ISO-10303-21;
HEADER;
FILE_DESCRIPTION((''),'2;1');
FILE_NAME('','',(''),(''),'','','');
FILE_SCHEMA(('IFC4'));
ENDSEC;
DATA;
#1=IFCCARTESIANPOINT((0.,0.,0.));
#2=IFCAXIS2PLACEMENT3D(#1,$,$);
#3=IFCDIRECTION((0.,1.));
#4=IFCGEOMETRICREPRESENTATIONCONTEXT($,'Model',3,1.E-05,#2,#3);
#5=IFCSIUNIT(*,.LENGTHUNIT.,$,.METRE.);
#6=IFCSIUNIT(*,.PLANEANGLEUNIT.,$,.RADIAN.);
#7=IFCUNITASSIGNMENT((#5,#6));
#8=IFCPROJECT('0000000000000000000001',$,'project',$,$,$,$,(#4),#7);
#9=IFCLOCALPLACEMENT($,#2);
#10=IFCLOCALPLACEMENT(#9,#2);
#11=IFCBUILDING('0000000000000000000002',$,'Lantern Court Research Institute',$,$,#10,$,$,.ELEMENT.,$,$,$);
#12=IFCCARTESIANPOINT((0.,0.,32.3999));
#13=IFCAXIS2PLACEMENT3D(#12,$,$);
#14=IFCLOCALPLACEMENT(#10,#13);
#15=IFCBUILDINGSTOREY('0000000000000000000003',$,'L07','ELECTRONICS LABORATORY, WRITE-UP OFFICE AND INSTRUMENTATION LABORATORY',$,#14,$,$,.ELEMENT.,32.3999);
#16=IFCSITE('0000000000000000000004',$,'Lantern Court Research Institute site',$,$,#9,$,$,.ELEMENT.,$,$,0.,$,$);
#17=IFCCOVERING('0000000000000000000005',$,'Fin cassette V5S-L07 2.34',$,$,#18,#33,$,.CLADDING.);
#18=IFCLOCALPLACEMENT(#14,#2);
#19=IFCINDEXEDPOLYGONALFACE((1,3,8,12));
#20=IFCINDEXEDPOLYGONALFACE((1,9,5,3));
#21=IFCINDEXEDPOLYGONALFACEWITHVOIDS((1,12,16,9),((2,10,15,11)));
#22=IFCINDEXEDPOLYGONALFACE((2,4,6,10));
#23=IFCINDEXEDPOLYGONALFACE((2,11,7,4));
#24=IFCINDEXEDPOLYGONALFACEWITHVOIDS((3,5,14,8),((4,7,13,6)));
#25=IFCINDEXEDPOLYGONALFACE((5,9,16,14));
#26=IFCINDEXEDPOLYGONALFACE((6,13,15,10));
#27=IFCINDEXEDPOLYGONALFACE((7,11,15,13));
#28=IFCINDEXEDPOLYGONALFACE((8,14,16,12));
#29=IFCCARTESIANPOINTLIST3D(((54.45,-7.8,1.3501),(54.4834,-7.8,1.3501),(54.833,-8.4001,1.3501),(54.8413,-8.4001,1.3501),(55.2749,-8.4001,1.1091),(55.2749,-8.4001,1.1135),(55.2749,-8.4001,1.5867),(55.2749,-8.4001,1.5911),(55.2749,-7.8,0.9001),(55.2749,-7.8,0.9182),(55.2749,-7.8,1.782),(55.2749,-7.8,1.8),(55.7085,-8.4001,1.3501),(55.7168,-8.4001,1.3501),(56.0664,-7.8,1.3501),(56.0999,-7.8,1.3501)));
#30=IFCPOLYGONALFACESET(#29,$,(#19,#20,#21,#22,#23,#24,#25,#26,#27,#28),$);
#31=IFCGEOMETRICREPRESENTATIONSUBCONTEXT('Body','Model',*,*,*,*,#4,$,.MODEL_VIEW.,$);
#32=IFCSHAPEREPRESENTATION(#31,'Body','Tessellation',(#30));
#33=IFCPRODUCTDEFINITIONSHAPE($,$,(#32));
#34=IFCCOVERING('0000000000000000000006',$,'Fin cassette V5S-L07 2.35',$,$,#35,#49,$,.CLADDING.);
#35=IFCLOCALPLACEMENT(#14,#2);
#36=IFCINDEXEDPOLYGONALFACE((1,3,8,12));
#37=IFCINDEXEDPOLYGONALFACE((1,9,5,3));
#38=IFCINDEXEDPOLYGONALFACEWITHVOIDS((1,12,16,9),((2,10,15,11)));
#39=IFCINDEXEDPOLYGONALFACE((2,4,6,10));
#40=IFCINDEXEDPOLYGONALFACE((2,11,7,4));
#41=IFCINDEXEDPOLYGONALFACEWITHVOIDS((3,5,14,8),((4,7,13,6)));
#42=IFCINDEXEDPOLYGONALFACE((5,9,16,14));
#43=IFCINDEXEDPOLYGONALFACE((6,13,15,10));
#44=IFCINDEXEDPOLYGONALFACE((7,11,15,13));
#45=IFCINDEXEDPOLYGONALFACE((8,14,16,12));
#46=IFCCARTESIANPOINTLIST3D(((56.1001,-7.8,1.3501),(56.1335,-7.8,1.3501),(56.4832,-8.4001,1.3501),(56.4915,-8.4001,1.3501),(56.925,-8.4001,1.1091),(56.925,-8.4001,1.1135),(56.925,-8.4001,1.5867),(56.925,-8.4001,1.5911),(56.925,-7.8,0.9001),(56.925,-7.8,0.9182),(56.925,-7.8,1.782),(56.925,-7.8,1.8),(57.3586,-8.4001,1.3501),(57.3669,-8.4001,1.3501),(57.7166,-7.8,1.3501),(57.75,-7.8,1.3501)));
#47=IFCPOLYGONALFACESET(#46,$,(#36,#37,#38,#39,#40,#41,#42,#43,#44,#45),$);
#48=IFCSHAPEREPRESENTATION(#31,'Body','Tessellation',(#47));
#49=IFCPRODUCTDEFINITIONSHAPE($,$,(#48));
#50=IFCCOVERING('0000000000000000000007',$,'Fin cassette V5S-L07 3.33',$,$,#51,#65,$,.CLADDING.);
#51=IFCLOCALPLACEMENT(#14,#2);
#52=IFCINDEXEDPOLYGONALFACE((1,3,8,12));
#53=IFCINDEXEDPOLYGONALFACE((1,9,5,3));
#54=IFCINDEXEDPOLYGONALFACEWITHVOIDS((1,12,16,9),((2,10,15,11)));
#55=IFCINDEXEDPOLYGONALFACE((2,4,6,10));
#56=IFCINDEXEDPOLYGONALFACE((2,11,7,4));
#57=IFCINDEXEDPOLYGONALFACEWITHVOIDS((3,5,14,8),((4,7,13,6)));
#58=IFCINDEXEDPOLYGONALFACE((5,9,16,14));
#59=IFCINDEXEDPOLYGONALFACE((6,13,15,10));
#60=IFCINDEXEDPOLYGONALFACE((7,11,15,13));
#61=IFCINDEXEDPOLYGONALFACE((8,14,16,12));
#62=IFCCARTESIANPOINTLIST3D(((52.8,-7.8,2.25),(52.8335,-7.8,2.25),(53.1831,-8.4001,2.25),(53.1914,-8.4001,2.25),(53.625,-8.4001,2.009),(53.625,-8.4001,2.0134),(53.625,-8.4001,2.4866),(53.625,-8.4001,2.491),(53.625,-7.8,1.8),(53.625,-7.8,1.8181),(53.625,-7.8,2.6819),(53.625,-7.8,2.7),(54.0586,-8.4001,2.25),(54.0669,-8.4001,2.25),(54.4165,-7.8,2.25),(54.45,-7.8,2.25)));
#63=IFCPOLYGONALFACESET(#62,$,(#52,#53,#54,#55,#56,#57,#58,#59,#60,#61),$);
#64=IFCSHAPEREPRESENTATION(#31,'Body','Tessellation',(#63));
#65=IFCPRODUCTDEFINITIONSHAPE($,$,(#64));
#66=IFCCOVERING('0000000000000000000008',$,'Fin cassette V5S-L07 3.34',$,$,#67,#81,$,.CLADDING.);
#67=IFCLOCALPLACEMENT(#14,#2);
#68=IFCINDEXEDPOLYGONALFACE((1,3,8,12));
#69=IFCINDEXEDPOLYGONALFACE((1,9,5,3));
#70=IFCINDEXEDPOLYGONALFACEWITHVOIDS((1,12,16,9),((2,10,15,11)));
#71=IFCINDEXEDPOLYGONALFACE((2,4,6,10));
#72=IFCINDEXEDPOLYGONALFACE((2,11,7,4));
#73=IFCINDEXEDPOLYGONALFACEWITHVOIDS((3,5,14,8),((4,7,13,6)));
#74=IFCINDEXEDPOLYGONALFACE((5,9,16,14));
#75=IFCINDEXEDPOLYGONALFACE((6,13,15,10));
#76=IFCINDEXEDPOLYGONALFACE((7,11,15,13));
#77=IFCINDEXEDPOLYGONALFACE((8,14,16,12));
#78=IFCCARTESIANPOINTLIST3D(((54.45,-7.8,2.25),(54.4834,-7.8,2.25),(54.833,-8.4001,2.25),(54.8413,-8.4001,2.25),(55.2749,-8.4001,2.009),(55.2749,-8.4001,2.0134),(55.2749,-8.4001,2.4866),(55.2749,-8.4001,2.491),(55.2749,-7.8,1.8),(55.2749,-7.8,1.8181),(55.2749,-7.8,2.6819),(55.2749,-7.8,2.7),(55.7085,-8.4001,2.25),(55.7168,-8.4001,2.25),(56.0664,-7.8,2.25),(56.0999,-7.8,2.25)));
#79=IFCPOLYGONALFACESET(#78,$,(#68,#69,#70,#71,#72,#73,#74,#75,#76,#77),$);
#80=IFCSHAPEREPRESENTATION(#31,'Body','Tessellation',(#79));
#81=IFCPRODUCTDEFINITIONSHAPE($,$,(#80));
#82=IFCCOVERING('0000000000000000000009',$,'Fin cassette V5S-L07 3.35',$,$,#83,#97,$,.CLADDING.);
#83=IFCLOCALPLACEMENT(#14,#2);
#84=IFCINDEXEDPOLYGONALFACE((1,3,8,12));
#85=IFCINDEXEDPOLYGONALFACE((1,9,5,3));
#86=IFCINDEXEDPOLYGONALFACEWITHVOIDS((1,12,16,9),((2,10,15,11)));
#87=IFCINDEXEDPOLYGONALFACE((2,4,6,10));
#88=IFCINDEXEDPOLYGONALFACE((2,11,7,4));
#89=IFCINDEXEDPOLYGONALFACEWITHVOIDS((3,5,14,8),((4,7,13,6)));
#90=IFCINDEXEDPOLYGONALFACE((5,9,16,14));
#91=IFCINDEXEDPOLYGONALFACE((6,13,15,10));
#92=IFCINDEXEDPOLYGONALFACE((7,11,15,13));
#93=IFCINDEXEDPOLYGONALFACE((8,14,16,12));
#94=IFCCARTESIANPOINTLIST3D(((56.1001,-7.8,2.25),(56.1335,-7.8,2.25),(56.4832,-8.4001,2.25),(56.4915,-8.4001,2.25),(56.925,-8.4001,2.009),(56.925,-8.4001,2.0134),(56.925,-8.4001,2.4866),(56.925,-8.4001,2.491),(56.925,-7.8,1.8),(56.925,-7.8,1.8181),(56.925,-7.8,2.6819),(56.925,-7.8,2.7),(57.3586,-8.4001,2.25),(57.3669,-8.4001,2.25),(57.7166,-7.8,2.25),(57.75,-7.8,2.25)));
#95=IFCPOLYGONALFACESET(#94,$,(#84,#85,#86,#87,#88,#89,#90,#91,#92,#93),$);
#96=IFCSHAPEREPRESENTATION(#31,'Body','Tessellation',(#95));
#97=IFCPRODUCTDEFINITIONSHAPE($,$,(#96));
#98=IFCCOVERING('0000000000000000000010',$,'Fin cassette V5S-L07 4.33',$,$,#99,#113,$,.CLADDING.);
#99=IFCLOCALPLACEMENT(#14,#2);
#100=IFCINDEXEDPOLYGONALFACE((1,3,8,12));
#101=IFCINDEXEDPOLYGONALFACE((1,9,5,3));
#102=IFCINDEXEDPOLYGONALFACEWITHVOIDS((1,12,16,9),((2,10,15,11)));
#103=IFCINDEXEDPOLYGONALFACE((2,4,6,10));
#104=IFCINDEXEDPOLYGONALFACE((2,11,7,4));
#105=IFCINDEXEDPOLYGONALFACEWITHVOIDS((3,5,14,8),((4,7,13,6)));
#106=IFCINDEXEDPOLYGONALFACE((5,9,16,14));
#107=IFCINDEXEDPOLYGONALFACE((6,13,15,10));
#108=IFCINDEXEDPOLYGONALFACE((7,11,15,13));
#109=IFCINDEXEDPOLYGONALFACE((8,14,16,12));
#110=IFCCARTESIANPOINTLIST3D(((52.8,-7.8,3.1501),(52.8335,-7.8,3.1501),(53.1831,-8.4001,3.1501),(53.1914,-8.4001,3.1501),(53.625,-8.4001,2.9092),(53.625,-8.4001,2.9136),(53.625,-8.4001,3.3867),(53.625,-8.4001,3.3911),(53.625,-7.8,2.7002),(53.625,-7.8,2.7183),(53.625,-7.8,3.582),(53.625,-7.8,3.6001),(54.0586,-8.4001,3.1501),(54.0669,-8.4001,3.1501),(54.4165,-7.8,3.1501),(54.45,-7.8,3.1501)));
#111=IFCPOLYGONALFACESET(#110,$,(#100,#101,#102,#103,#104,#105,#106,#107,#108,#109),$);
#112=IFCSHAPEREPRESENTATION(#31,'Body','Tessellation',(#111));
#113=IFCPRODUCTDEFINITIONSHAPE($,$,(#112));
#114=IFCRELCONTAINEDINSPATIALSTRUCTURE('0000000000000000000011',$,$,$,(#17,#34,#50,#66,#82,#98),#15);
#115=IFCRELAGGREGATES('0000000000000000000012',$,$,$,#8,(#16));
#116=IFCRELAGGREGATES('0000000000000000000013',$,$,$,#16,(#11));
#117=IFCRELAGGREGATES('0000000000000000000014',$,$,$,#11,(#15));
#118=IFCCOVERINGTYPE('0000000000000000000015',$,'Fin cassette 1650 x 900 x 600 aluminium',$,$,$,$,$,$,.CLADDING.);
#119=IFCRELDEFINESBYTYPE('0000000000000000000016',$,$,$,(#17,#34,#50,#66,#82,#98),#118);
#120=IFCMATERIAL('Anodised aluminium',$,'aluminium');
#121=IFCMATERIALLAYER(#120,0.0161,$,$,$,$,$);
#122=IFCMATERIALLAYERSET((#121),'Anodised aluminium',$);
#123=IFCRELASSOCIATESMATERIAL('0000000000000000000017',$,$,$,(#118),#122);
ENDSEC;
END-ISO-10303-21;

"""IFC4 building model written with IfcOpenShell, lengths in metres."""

from ifc_helpers import new_model, entity, si_unit, direction, frame, origin, place, context, subcontext, project, spatial, material, layer, layer_set, type_object, element, save


model = new_model("IFC4")

# Units and contexts
model_context = context("Model", 3, precision=1e-05, world=origin(), true_north=direction((0.0, 1.0)))
body_context = subcontext(model_context, "Body", "Model", "MODEL_VIEW")
ifc_project = project(units=[si_unit("LENGTHUNIT", "METRE"), si_unit("PLANEANGLEUNIT", "RADIAN")], contexts=[model_context])

# Site, building, storey
site_placement = place(None, origin())
site = spatial("IfcSite", under=ifc_project, at=site_placement, Name="Lantern Court Research Institute site", CompositionType="ELEMENT", RefElevation=0.0)
building_placement = place(site_placement, origin())
building = spatial("IfcBuilding", under=site, at=building_placement, Name="Lantern Court Research Institute", CompositionType="ELEMENT")
storey_placement = place(building_placement, frame((0.0, 0.0, 32.3999)))
storey = spatial("IfcBuildingStorey", under=building, at=storey_placement, Name="L07", Description="ELECTRONICS LABORATORY, WRITE-UP OFFICE AND INSTRUMENTATION LABORATORY", CompositionType="ELEMENT", Elevation=32.3999)

# Coverings
ifc_material_1 = material(Name="Anodised aluminium", Category="aluminium")
ifc_layer_1 = layer(ifc_material_1, 0.0161)
ifc_layer_set_1 = layer_set([ifc_layer_1], Name="Anodised aluminium")
covering_type = type_object("IfcCoveringType", Name="Fin cassette 1650 x 900 x 600 aluminium", PredefinedType="CLADDING", material=ifc_layer_set_1)
covering_1_placement = place(storey_placement, frame((55.2749, -7.8, 1.3501), z_axis=(0.0, -1.0, 0.0), x_axis=(1.0, 0.0, 0.0)))
cartesian_point_1 = entity("IfcCartesianPoint", [0.825, 0.0])
cartesian_point_2 = entity("IfcCartesianPoint", [0.7915, 0.0])
cartesian_point_3 = entity("IfcCartesianPoint", [0.4419, 0.0])
cartesian_point_4 = entity("IfcCartesianPoint", [0.4336, 0.0])
element("IfcCovering", 1, at=covering_1_placement, inside=storey, type_object=covering_type, Name="Fin cassette V5S-L07 2.34", PredefinedType="CLADDING", context=body_context, shape_type="SweptSolid", body=[
    entity("IfcExtrudedAreaSolidTapered", entity("IfcArbitraryProfileDefWithVoids", "AREA", None, entity("IfcPolyline", [cartesian_point_1, entity("IfcCartesianPoint", [0.0, 0.45]), entity("IfcCartesianPoint", [-0.825, 0.0]), entity("IfcCartesianPoint", [0.0, -0.45]), cartesian_point_1]), [entity("IfcPolyline", [cartesian_point_2, entity("IfcCartesianPoint", [0.0, 0.4319]), entity("IfcCartesianPoint", [-0.7915, 0.0]), entity("IfcCartesianPoint", [0.0, -0.4319]), cartesian_point_2])]), entity("IfcAxis2Placement3D", entity("IfcCartesianPoint", [0.0, 0.0, 0.0])), entity("IfcDirection", [0.0, 0.0, 1.0]), 0.6001, entity("IfcArbitraryProfileDefWithVoids", "AREA", None, entity("IfcPolyline", [cartesian_point_3, entity("IfcCartesianPoint", [0.0, 0.241]), entity("IfcCartesianPoint", [-0.4419, 0.0]), entity("IfcCartesianPoint", [0.0, -0.241]), cartesian_point_3]), [entity("IfcPolyline", [cartesian_point_4, entity("IfcCartesianPoint", [0.0, 0.2366]), entity("IfcCartesianPoint", [-0.4336, 0.0]), entity("IfcCartesianPoint", [0.0, -0.2366]), cartesian_point_4])])),
])
covering_2_placement = place(storey_placement, frame((56.925, -7.8, 1.3501), z_axis=(0.0, -1.0, 0.0), x_axis=(1.0, 0.0, 0.0)))
cartesian_point_5 = entity("IfcCartesianPoint", [0.825, 0.0])
cartesian_point_6 = entity("IfcCartesianPoint", [0.7915, 0.0])
cartesian_point_7 = entity("IfcCartesianPoint", [0.4419, 0.0])
cartesian_point_8 = entity("IfcCartesianPoint", [0.4336, 0.0])
element("IfcCovering", 2, at=covering_2_placement, inside=storey, type_object=covering_type, Name="Fin cassette V5S-L07 2.35", PredefinedType="CLADDING", context=body_context, shape_type="SweptSolid", body=[
    entity("IfcExtrudedAreaSolidTapered", entity("IfcArbitraryProfileDefWithVoids", "AREA", None, entity("IfcPolyline", [cartesian_point_5, entity("IfcCartesianPoint", [0.0, 0.45]), entity("IfcCartesianPoint", [-0.825, 0.0]), entity("IfcCartesianPoint", [0.0, -0.45]), cartesian_point_5]), [entity("IfcPolyline", [cartesian_point_6, entity("IfcCartesianPoint", [0.0, 0.4319]), entity("IfcCartesianPoint", [-0.7915, 0.0]), entity("IfcCartesianPoint", [0.0, -0.4319]), cartesian_point_6])]), entity("IfcAxis2Placement3D", entity("IfcCartesianPoint", [0.0, 0.0, 0.0])), entity("IfcDirection", [0.0, 0.0, 1.0]), 0.6001, entity("IfcArbitraryProfileDefWithVoids", "AREA", None, entity("IfcPolyline", [cartesian_point_7, entity("IfcCartesianPoint", [0.0, 0.241]), entity("IfcCartesianPoint", [-0.4419, 0.0]), entity("IfcCartesianPoint", [0.0, -0.241]), cartesian_point_7]), [entity("IfcPolyline", [cartesian_point_8, entity("IfcCartesianPoint", [0.0, 0.2366]), entity("IfcCartesianPoint", [-0.4336, 0.0]), entity("IfcCartesianPoint", [0.0, -0.2366]), cartesian_point_8])])),
])
covering_3_placement = place(storey_placement, frame((53.625, -7.8, 2.25), z_axis=(0.0, -1.0, 0.0), x_axis=(1.0, 0.0, 0.0)))
cartesian_point_9 = entity("IfcCartesianPoint", [0.825, 0.0])
cartesian_point_10 = entity("IfcCartesianPoint", [0.7915, 0.0])
cartesian_point_11 = entity("IfcCartesianPoint", [0.4419, 0.0])
cartesian_point_12 = entity("IfcCartesianPoint", [0.4336, 0.0])
element("IfcCovering", 3, at=covering_3_placement, inside=storey, type_object=covering_type, Name="Fin cassette V5S-L07 3.33", PredefinedType="CLADDING", context=body_context, shape_type="SweptSolid", body=[
    entity("IfcExtrudedAreaSolidTapered", entity("IfcArbitraryProfileDefWithVoids", "AREA", None, entity("IfcPolyline", [cartesian_point_9, entity("IfcCartesianPoint", [0.0, 0.45]), entity("IfcCartesianPoint", [-0.825, 0.0]), entity("IfcCartesianPoint", [0.0, -0.45]), cartesian_point_9]), [entity("IfcPolyline", [cartesian_point_10, entity("IfcCartesianPoint", [0.0, 0.4319]), entity("IfcCartesianPoint", [-0.7915, 0.0]), entity("IfcCartesianPoint", [0.0, -0.4319]), cartesian_point_10])]), entity("IfcAxis2Placement3D", entity("IfcCartesianPoint", [0.0, 0.0, 0.0])), entity("IfcDirection", [0.0, 0.0, 1.0]), 0.6001, entity("IfcArbitraryProfileDefWithVoids", "AREA", None, entity("IfcPolyline", [cartesian_point_11, entity("IfcCartesianPoint", [0.0, 0.241]), entity("IfcCartesianPoint", [-0.4419, 0.0]), entity("IfcCartesianPoint", [0.0, -0.241]), cartesian_point_11]), [entity("IfcPolyline", [cartesian_point_12, entity("IfcCartesianPoint", [0.0, 0.2366]), entity("IfcCartesianPoint", [-0.4336, 0.0]), entity("IfcCartesianPoint", [0.0, -0.2366]), cartesian_point_12])])),
])
covering_4_placement = place(storey_placement, frame((55.2749, -7.8, 2.25), z_axis=(0.0, -1.0, 0.0), x_axis=(1.0, 0.0, 0.0)))
cartesian_point_13 = entity("IfcCartesianPoint", [0.825, 0.0])
cartesian_point_14 = entity("IfcCartesianPoint", [0.7915, 0.0])
cartesian_point_15 = entity("IfcCartesianPoint", [0.4419, 0.0])
cartesian_point_16 = entity("IfcCartesianPoint", [0.4336, 0.0])
element("IfcCovering", 4, at=covering_4_placement, inside=storey, type_object=covering_type, Name="Fin cassette V5S-L07 3.34", PredefinedType="CLADDING", context=body_context, shape_type="SweptSolid", body=[
    entity("IfcExtrudedAreaSolidTapered", entity("IfcArbitraryProfileDefWithVoids", "AREA", None, entity("IfcPolyline", [cartesian_point_13, entity("IfcCartesianPoint", [0.0, 0.45]), entity("IfcCartesianPoint", [-0.825, 0.0]), entity("IfcCartesianPoint", [0.0, -0.45]), cartesian_point_13]), [entity("IfcPolyline", [cartesian_point_14, entity("IfcCartesianPoint", [0.0, 0.4319]), entity("IfcCartesianPoint", [-0.7915, 0.0]), entity("IfcCartesianPoint", [0.0, -0.4319]), cartesian_point_14])]), entity("IfcAxis2Placement3D", entity("IfcCartesianPoint", [0.0, 0.0, 0.0])), entity("IfcDirection", [0.0, 0.0, 1.0]), 0.6001, entity("IfcArbitraryProfileDefWithVoids", "AREA", None, entity("IfcPolyline", [cartesian_point_15, entity("IfcCartesianPoint", [0.0, 0.241]), entity("IfcCartesianPoint", [-0.4419, 0.0]), entity("IfcCartesianPoint", [0.0, -0.241]), cartesian_point_15]), [entity("IfcPolyline", [cartesian_point_16, entity("IfcCartesianPoint", [0.0, 0.2366]), entity("IfcCartesianPoint", [-0.4336, 0.0]), entity("IfcCartesianPoint", [0.0, -0.2366]), cartesian_point_16])])),
])
covering_5_placement = place(storey_placement, frame((56.925, -7.8, 2.25), z_axis=(0.0, -1.0, 0.0), x_axis=(1.0, 0.0, 0.0)))
cartesian_point_17 = entity("IfcCartesianPoint", [0.825, 0.0])
cartesian_point_18 = entity("IfcCartesianPoint", [0.7915, 0.0])
cartesian_point_19 = entity("IfcCartesianPoint", [0.4419, 0.0])
cartesian_point_20 = entity("IfcCartesianPoint", [0.4336, 0.0])
element("IfcCovering", 5, at=covering_5_placement, inside=storey, type_object=covering_type, Name="Fin cassette V5S-L07 3.35", PredefinedType="CLADDING", context=body_context, shape_type="SweptSolid", body=[
    entity("IfcExtrudedAreaSolidTapered", entity("IfcArbitraryProfileDefWithVoids", "AREA", None, entity("IfcPolyline", [cartesian_point_17, entity("IfcCartesianPoint", [0.0, 0.45]), entity("IfcCartesianPoint", [-0.825, 0.0]), entity("IfcCartesianPoint", [0.0, -0.45]), cartesian_point_17]), [entity("IfcPolyline", [cartesian_point_18, entity("IfcCartesianPoint", [0.0, 0.4319]), entity("IfcCartesianPoint", [-0.7915, 0.0]), entity("IfcCartesianPoint", [0.0, -0.4319]), cartesian_point_18])]), entity("IfcAxis2Placement3D", entity("IfcCartesianPoint", [0.0, 0.0, 0.0])), entity("IfcDirection", [0.0, 0.0, 1.0]), 0.6001, entity("IfcArbitraryProfileDefWithVoids", "AREA", None, entity("IfcPolyline", [cartesian_point_19, entity("IfcCartesianPoint", [0.0, 0.241]), entity("IfcCartesianPoint", [-0.4419, 0.0]), entity("IfcCartesianPoint", [0.0, -0.241]), cartesian_point_19]), [entity("IfcPolyline", [cartesian_point_20, entity("IfcCartesianPoint", [0.0, 0.2366]), entity("IfcCartesianPoint", [-0.4336, 0.0]), entity("IfcCartesianPoint", [0.0, -0.2366]), cartesian_point_20])])),
])
covering_6_placement = place(storey_placement, frame((53.625, -7.8, 3.1501), z_axis=(0.0, -1.0, 0.0), x_axis=(1.0, 0.0, 0.0)))
cartesian_point_21 = entity("IfcCartesianPoint", [0.825, 0.0])
cartesian_point_22 = entity("IfcCartesianPoint", [0.7915, 0.0])
cartesian_point_23 = entity("IfcCartesianPoint", [0.4419, 0.0])
cartesian_point_24 = entity("IfcCartesianPoint", [0.4336, 0.0])
element("IfcCovering", 6, at=covering_6_placement, inside=storey, type_object=covering_type, Name="Fin cassette V5S-L07 4.33", PredefinedType="CLADDING", context=body_context, shape_type="SweptSolid", body=[
    entity("IfcExtrudedAreaSolidTapered", entity("IfcArbitraryProfileDefWithVoids", "AREA", None, entity("IfcPolyline", [cartesian_point_21, entity("IfcCartesianPoint", [0.0, 0.45]), entity("IfcCartesianPoint", [-0.825, 0.0]), entity("IfcCartesianPoint", [0.0, -0.45]), cartesian_point_21]), [entity("IfcPolyline", [cartesian_point_22, entity("IfcCartesianPoint", [0.0, 0.4319]), entity("IfcCartesianPoint", [-0.7915, 0.0]), entity("IfcCartesianPoint", [0.0, -0.4319]), cartesian_point_22])]), entity("IfcAxis2Placement3D", entity("IfcCartesianPoint", [0.0, 0.0, 0.0])), entity("IfcDirection", [0.0, 0.0, 1.0]), 0.6001, entity("IfcArbitraryProfileDefWithVoids", "AREA", None, entity("IfcPolyline", [cartesian_point_23, entity("IfcCartesianPoint", [0.0, 0.241]), entity("IfcCartesianPoint", [-0.4419, 0.0]), entity("IfcCartesianPoint", [0.0, -0.241]), cartesian_point_23]), [entity("IfcPolyline", [cartesian_point_24, entity("IfcCartesianPoint", [0.0, 0.2366]), entity("IfcCartesianPoint", [-0.4336, 0.0]), entity("IfcCartesianPoint", [0.0, -0.2366]), cartesian_point_24])])),
])

save(model, "model.ifc")
